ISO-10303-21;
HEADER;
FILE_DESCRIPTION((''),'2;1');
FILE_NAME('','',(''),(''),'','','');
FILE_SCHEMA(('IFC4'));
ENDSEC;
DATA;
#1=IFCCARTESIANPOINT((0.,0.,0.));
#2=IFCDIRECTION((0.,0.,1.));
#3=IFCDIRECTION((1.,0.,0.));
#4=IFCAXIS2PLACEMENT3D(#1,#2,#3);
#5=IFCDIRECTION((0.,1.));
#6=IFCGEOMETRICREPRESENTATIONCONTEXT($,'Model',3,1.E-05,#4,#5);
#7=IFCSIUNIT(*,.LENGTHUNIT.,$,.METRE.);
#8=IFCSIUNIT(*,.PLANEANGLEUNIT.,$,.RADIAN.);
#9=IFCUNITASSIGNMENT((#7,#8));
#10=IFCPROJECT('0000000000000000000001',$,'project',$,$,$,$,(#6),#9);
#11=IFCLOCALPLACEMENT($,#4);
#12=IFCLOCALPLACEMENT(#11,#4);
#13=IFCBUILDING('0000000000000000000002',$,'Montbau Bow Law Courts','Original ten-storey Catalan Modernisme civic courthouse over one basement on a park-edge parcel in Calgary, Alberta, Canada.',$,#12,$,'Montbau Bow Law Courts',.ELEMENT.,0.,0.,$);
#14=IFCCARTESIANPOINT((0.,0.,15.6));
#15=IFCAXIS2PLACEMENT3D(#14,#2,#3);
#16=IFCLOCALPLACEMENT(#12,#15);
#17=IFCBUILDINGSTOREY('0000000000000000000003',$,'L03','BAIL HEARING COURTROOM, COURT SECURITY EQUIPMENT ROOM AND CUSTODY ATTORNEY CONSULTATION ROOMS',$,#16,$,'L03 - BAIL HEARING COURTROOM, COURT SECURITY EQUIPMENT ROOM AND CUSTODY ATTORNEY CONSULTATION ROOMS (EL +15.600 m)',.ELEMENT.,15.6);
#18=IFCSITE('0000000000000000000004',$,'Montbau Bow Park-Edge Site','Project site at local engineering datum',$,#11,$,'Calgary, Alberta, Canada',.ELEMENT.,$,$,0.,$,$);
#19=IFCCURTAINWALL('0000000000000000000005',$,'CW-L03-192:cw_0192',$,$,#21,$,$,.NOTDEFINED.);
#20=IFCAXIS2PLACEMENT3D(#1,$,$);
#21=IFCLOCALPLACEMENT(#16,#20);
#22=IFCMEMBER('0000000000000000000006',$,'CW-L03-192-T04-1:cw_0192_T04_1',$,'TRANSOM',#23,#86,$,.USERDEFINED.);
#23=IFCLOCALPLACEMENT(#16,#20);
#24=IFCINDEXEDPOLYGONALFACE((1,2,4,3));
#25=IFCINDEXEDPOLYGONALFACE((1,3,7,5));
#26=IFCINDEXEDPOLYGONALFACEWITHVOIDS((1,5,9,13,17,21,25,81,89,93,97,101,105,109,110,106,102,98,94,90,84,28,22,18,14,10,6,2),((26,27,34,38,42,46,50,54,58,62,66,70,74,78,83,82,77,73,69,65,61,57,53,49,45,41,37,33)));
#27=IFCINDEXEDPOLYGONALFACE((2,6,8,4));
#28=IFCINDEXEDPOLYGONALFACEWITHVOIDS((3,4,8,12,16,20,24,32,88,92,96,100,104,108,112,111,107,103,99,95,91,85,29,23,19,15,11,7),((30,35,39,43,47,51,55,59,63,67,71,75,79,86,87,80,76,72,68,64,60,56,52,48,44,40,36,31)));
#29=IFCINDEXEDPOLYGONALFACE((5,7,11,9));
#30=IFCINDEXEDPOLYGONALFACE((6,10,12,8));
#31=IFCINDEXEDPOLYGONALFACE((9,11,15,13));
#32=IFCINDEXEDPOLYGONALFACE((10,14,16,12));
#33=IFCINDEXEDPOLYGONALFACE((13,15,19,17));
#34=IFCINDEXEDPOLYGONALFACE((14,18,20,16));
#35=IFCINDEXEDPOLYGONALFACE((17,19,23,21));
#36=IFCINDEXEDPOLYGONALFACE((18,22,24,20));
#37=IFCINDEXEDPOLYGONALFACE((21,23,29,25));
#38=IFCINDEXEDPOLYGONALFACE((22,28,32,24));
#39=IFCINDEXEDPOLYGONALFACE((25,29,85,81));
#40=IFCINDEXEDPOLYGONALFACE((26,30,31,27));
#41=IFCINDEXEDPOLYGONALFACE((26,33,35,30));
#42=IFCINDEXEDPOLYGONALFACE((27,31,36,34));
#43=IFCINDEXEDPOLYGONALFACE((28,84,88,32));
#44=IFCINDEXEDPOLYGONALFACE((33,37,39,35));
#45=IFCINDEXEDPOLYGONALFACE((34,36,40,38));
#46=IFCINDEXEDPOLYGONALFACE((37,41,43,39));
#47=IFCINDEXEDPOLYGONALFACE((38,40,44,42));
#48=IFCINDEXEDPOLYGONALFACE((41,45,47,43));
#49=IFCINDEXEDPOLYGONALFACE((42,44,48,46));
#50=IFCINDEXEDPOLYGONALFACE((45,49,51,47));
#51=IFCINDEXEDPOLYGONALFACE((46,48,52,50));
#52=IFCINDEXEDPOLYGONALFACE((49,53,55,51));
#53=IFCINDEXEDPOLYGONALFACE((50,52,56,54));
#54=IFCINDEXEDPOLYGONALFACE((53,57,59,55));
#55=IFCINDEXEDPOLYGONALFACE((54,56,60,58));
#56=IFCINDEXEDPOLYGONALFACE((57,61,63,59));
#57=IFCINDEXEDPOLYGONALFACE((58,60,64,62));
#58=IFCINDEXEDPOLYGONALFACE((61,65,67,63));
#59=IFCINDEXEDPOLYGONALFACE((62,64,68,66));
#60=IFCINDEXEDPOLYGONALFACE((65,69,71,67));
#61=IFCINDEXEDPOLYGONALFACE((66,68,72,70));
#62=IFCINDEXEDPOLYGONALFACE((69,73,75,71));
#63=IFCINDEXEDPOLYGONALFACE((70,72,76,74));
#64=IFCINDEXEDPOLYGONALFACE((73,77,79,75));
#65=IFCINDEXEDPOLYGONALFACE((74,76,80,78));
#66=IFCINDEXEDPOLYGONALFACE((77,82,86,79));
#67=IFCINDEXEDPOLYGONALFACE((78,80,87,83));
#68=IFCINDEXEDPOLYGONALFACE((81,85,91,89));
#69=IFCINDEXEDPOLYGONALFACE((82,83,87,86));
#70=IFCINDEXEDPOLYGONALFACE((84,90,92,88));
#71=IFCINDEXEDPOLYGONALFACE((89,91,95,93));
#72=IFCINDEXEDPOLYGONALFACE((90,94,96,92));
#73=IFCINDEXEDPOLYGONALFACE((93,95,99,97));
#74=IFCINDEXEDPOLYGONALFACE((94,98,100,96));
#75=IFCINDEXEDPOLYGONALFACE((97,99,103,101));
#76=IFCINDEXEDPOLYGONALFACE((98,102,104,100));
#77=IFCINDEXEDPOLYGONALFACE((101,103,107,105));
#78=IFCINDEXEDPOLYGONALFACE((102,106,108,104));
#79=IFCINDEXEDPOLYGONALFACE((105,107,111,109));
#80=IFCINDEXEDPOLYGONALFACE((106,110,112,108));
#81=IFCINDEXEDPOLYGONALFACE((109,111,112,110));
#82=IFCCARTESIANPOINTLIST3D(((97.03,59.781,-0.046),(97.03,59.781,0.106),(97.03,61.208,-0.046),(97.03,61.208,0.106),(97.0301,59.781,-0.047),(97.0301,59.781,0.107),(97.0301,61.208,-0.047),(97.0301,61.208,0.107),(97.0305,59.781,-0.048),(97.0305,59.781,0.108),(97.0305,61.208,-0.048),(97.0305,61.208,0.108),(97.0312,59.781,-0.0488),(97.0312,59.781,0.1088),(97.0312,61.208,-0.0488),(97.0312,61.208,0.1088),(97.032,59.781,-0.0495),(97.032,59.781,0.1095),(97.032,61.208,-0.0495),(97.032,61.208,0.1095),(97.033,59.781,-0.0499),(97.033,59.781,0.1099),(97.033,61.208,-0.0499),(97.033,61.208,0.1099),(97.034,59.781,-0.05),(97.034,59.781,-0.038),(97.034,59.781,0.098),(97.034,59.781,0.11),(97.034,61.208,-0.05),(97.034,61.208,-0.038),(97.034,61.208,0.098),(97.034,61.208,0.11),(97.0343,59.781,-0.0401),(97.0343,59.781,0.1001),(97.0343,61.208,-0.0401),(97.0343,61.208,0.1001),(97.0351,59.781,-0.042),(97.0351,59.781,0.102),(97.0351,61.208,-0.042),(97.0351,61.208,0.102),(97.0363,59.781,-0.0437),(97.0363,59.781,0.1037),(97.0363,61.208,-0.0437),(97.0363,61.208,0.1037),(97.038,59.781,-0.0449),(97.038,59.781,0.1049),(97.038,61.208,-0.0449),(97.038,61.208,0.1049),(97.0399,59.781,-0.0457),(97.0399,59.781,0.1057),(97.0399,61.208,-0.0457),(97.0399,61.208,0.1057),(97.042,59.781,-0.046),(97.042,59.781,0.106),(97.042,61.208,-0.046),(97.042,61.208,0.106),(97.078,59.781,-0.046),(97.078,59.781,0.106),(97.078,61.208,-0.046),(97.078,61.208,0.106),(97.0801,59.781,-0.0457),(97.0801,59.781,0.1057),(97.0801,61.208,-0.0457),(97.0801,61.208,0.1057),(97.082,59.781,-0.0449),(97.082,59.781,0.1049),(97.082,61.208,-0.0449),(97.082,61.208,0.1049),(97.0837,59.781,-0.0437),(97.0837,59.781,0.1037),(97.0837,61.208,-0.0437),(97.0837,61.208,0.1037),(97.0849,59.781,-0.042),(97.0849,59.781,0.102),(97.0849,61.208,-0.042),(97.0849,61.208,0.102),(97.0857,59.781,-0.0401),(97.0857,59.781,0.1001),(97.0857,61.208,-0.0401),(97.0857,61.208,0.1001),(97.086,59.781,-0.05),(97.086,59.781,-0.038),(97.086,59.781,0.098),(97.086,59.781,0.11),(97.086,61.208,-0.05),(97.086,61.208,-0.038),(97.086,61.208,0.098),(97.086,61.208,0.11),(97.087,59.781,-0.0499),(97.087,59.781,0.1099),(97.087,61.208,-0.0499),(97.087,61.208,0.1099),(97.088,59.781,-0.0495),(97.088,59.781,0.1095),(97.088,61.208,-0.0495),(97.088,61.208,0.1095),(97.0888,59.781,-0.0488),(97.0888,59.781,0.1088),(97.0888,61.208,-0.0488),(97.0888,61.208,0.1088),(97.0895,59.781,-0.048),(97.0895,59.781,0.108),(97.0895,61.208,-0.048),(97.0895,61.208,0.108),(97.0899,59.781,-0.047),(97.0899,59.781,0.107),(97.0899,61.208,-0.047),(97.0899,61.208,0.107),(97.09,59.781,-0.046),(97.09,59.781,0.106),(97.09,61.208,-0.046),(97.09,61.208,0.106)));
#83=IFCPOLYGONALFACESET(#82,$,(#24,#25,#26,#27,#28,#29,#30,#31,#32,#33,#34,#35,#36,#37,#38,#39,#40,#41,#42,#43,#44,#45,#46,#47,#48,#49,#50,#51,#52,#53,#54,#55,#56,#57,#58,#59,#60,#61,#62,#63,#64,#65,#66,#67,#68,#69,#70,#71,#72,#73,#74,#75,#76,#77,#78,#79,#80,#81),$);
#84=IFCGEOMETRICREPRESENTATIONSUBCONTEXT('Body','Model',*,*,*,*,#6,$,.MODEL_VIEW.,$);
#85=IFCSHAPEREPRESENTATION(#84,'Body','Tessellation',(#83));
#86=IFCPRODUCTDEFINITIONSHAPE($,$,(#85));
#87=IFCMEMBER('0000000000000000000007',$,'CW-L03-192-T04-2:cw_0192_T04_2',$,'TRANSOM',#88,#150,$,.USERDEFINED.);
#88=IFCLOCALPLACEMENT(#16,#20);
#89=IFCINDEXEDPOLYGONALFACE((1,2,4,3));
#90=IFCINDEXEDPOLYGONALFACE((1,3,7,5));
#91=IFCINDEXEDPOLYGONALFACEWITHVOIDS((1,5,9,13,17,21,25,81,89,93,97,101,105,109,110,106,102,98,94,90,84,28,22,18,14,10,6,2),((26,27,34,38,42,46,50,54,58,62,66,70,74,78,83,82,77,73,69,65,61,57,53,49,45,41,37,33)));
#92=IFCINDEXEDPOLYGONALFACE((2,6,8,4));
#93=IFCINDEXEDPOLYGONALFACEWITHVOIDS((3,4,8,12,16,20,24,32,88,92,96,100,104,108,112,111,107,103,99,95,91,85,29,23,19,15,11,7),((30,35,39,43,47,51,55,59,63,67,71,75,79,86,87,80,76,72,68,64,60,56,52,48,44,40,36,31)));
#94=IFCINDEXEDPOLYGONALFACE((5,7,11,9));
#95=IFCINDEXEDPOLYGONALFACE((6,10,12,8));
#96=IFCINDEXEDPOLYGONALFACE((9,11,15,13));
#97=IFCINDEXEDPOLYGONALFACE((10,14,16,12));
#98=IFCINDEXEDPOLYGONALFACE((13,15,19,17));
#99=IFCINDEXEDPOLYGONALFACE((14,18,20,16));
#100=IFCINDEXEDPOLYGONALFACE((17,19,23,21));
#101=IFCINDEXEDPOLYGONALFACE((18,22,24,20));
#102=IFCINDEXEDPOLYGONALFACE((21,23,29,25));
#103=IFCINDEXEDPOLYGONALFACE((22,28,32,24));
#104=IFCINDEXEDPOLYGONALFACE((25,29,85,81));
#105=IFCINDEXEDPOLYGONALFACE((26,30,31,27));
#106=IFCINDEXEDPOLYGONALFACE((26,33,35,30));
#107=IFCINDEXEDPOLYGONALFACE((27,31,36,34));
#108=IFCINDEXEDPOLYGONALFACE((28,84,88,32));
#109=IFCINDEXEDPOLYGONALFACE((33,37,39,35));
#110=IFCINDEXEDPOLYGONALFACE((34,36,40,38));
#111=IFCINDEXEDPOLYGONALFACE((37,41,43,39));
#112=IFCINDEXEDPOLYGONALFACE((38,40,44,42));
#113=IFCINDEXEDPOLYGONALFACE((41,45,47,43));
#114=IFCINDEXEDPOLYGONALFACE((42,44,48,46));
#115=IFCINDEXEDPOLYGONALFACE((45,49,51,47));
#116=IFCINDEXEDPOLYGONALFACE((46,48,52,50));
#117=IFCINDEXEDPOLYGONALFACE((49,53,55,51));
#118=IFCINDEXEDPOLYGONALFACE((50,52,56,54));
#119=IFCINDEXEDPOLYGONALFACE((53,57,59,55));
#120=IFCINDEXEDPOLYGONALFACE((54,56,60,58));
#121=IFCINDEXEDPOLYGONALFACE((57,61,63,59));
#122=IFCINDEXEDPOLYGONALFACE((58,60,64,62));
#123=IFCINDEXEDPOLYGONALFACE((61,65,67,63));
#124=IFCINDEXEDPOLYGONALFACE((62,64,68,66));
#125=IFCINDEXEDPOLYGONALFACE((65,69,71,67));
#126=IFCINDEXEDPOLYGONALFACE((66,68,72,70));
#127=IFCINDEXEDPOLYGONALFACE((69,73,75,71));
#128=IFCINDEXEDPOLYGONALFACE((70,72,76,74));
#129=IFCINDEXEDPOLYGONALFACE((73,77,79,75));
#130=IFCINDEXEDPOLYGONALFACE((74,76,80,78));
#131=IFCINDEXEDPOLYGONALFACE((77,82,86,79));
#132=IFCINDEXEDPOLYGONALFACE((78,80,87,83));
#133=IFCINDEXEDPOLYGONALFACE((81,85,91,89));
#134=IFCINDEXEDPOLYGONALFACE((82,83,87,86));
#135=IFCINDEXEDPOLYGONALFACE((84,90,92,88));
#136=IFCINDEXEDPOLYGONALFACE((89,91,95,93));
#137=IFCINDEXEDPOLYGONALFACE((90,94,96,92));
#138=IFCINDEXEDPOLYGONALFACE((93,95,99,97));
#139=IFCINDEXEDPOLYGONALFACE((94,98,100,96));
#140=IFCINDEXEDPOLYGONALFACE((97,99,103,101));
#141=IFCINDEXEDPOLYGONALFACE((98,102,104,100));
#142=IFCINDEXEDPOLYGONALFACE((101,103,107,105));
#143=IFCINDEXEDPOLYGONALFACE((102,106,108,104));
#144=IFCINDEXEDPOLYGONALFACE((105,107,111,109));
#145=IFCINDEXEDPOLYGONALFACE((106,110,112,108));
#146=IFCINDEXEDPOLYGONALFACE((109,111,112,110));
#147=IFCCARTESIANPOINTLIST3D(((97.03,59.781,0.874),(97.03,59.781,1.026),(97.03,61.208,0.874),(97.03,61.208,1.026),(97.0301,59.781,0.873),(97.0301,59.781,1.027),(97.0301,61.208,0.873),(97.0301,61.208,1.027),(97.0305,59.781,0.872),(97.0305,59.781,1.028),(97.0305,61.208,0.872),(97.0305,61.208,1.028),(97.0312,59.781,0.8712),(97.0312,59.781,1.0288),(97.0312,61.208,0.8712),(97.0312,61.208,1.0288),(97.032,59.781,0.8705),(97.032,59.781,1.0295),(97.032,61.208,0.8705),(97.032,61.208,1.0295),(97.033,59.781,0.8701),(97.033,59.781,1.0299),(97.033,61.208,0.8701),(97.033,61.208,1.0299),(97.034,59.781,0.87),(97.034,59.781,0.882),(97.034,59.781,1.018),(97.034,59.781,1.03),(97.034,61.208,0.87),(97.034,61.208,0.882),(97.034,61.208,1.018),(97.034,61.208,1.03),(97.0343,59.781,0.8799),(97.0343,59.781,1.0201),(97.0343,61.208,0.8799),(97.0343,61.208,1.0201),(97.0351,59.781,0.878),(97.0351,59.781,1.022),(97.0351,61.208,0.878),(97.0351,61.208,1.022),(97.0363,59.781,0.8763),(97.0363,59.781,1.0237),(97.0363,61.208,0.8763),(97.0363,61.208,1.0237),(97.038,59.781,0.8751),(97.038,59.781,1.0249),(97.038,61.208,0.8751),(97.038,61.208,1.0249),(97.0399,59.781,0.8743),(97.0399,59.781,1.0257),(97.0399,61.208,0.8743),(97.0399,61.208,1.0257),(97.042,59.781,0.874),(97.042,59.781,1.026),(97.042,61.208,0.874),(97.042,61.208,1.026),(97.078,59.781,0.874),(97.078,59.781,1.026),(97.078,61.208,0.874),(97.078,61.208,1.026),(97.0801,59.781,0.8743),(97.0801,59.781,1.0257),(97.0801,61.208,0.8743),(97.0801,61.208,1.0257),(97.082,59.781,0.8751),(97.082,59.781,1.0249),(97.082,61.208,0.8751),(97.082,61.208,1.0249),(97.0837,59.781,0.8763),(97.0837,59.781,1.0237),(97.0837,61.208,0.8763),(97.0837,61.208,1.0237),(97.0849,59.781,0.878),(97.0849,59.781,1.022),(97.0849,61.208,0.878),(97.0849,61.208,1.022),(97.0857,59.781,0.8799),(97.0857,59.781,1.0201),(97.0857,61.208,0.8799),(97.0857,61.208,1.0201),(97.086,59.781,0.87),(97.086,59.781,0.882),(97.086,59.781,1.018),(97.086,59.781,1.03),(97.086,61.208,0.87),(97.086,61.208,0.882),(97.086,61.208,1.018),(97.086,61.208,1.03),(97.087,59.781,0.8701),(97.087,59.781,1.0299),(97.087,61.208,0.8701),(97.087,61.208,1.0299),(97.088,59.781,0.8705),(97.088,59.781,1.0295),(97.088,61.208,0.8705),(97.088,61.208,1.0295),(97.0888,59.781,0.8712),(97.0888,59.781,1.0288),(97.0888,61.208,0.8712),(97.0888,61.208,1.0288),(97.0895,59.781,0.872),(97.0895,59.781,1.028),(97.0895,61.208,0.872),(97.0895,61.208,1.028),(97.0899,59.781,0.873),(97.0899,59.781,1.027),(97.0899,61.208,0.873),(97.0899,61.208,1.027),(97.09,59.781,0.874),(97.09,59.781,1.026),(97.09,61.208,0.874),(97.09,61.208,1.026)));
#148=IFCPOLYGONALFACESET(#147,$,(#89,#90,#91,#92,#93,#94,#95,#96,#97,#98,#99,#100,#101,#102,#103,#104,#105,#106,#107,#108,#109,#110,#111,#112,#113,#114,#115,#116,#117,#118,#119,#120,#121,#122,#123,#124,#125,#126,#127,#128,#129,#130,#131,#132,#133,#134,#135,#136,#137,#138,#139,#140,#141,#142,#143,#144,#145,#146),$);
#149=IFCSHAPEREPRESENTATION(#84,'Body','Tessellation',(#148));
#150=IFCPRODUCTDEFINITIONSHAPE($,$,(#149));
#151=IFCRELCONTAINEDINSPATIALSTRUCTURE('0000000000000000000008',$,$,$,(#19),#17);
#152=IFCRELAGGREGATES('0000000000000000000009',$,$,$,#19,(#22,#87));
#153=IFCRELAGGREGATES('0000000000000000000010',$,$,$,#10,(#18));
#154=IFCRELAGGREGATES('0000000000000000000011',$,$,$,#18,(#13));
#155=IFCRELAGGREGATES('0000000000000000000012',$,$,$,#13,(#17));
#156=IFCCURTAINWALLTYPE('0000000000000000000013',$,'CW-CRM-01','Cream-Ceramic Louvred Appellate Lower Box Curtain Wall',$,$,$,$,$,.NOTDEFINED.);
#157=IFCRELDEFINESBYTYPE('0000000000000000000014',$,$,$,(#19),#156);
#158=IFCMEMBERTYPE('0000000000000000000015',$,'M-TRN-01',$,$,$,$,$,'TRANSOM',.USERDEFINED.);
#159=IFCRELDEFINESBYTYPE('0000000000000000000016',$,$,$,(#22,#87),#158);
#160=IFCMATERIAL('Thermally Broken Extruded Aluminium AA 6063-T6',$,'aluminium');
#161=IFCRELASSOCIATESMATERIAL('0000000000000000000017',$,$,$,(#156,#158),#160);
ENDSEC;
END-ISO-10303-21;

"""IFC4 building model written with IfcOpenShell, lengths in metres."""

from ifc_helpers import new_model, si_unit, direction, frame, origin_with_axes, origin_2d_with_axis, place, context, subcontext, project, spatial, hollow_rectangle, extrude, material, material_profile, profile_set, type_object, element, aggregate, save


model = new_model("IFC4")

# Units and contexts
model_context = context("Model", 3, precision=1e-05, world=origin_with_axes(), true_north=direction((0.0, 1.0)))
body_context = subcontext(model_context, "Body", "Model", "MODEL_VIEW")
ifc_project = project(units=[si_unit("LENGTHUNIT", "METRE"), si_unit("PLANEANGLEUNIT", "RADIAN")], contexts=[model_context])

# Site, building, storey
site_placement = place(None, origin_with_axes())
site = spatial("IfcSite", under=ifc_project, at=site_placement, Name="Montbau Bow Park-Edge Site", Description="Project site at local engineering datum", LongName="Calgary, Alberta, Canada", CompositionType="ELEMENT", RefElevation=0.0)
building_placement = place(site_placement, origin_with_axes())
building = spatial("IfcBuilding", under=site, at=building_placement, Name="Montbau Bow Law Courts", Description="Original ten-storey Catalan Modernisme civic courthouse over one basement on a park-edge parcel in Calgary, Alberta, Canada.", LongName="Montbau Bow Law Courts", CompositionType="ELEMENT", ElevationOfRefHeight=0.0, ElevationOfTerrain=0.0)
storey_placement = place(building_placement, frame((0.0, 0.0, 15.6), z_axis=(0.0, 0.0, 1.0), x_axis=(1.0, 0.0, 0.0)))
storey = spatial("IfcBuildingStorey", under=building, at=storey_placement, Name="L03", Description="BAIL HEARING COURTROOM, COURT SECURITY EQUIPMENT ROOM AND CUSTODY ATTORNEY CONSULTATION ROOMS", LongName="L03 - BAIL HEARING COURTROOM, COURT SECURITY EQUIPMENT ROOM AND CUSTODY ATTORNEY CONSULTATION ROOMS (EL +15.600 m)", CompositionType="ELEMENT", Elevation=15.6)

# Curtain wall
ifc_material_1 = material(Name="Thermally Broken Extruded Aluminium AA 6063-T6", Category="aluminium")
curtain_wall_type = type_object("IfcCurtainWallType", Name="CW-CRM-01", Description="Cream-Ceramic Louvred Appellate Lower Box Curtain Wall", PredefinedType="NOTDEFINED", material=ifc_material_1)
curtain_wall_1_placement = place(None, frame((97.06, 55.115, 15.6), z_axis=(0.0, 0.0, 1.0), x_axis=(1.0, 0.0, 0.0)))
curtain_wall_1 = element("IfcCurtainWall", 1, at=curtain_wall_1_placement, inside=storey, type_object=curtain_wall_type, Name="CW-L03-192:cw_0192", PredefinedType="NOTDEFINED")

# Members
ifc_material_profile_1 = material_profile(ifc_material_1, hollow_rectangle(XDim=0.06, YDim=0.16, WallThickness=0.004, InnerFilletRadius=0.008, OuterFilletRadius=0.004, at=origin_2d_with_axis()), Name="CWT-160X60", Category="Main", Priority=0)
ifc_profile_set_1 = profile_set([ifc_material_profile_1], Name="Thermally Broken Extruded Aluminium AA 6063-T6")
member_type_1 = type_object("IfcMemberType", Name="M-TRN-01", ElementType="TRANSOM", PredefinedType="USERDEFINED", material=ifc_profile_set_1)
member_1_placement = place(None, frame((97.06, 59.781, 15.63), z_axis=(0.0, 1.0, 0.0), x_axis=(-1.0, 0.0, 0.0)))
member_1 = element("IfcMember", 2, at=member_1_placement, type_object=member_type_1, Name="CW-L03-192-T04-1:cw_0192_T04_1", ObjectType="TRANSOM", PredefinedType="USERDEFINED", context=body_context, shape_type="SweptSolid", body=[
    extrude(hollow_rectangle(XDim=0.06, YDim=0.16, WallThickness=0.004, InnerFilletRadius=0.008, OuterFilletRadius=0.004, at=origin_2d_with_axis()), origin_with_axes(), (0.0, 0.0, 1.0), 1.427),
])
member_2_placement = place(None, frame((97.06, 59.781, 16.55), z_axis=(0.0, 1.0, 0.0), x_axis=(-1.0, 0.0, 0.0)))
member_2 = element("IfcMember", 3, at=member_2_placement, type_object=member_type_1, Name="CW-L03-192-T04-2:cw_0192_T04_2", ObjectType="TRANSOM", PredefinedType="USERDEFINED", context=body_context, shape_type="SweptSolid", body=[
    extrude(hollow_rectangle(XDim=0.06, YDim=0.16, WallThickness=0.004, InnerFilletRadius=0.008, OuterFilletRadius=0.004, at=origin_2d_with_axis()), origin_with_axes(), (0.0, 0.0, 1.0), 1.427),
])

aggregate(curtain_wall_1, [member_1, member_2])

save(model, "model.ifc")
